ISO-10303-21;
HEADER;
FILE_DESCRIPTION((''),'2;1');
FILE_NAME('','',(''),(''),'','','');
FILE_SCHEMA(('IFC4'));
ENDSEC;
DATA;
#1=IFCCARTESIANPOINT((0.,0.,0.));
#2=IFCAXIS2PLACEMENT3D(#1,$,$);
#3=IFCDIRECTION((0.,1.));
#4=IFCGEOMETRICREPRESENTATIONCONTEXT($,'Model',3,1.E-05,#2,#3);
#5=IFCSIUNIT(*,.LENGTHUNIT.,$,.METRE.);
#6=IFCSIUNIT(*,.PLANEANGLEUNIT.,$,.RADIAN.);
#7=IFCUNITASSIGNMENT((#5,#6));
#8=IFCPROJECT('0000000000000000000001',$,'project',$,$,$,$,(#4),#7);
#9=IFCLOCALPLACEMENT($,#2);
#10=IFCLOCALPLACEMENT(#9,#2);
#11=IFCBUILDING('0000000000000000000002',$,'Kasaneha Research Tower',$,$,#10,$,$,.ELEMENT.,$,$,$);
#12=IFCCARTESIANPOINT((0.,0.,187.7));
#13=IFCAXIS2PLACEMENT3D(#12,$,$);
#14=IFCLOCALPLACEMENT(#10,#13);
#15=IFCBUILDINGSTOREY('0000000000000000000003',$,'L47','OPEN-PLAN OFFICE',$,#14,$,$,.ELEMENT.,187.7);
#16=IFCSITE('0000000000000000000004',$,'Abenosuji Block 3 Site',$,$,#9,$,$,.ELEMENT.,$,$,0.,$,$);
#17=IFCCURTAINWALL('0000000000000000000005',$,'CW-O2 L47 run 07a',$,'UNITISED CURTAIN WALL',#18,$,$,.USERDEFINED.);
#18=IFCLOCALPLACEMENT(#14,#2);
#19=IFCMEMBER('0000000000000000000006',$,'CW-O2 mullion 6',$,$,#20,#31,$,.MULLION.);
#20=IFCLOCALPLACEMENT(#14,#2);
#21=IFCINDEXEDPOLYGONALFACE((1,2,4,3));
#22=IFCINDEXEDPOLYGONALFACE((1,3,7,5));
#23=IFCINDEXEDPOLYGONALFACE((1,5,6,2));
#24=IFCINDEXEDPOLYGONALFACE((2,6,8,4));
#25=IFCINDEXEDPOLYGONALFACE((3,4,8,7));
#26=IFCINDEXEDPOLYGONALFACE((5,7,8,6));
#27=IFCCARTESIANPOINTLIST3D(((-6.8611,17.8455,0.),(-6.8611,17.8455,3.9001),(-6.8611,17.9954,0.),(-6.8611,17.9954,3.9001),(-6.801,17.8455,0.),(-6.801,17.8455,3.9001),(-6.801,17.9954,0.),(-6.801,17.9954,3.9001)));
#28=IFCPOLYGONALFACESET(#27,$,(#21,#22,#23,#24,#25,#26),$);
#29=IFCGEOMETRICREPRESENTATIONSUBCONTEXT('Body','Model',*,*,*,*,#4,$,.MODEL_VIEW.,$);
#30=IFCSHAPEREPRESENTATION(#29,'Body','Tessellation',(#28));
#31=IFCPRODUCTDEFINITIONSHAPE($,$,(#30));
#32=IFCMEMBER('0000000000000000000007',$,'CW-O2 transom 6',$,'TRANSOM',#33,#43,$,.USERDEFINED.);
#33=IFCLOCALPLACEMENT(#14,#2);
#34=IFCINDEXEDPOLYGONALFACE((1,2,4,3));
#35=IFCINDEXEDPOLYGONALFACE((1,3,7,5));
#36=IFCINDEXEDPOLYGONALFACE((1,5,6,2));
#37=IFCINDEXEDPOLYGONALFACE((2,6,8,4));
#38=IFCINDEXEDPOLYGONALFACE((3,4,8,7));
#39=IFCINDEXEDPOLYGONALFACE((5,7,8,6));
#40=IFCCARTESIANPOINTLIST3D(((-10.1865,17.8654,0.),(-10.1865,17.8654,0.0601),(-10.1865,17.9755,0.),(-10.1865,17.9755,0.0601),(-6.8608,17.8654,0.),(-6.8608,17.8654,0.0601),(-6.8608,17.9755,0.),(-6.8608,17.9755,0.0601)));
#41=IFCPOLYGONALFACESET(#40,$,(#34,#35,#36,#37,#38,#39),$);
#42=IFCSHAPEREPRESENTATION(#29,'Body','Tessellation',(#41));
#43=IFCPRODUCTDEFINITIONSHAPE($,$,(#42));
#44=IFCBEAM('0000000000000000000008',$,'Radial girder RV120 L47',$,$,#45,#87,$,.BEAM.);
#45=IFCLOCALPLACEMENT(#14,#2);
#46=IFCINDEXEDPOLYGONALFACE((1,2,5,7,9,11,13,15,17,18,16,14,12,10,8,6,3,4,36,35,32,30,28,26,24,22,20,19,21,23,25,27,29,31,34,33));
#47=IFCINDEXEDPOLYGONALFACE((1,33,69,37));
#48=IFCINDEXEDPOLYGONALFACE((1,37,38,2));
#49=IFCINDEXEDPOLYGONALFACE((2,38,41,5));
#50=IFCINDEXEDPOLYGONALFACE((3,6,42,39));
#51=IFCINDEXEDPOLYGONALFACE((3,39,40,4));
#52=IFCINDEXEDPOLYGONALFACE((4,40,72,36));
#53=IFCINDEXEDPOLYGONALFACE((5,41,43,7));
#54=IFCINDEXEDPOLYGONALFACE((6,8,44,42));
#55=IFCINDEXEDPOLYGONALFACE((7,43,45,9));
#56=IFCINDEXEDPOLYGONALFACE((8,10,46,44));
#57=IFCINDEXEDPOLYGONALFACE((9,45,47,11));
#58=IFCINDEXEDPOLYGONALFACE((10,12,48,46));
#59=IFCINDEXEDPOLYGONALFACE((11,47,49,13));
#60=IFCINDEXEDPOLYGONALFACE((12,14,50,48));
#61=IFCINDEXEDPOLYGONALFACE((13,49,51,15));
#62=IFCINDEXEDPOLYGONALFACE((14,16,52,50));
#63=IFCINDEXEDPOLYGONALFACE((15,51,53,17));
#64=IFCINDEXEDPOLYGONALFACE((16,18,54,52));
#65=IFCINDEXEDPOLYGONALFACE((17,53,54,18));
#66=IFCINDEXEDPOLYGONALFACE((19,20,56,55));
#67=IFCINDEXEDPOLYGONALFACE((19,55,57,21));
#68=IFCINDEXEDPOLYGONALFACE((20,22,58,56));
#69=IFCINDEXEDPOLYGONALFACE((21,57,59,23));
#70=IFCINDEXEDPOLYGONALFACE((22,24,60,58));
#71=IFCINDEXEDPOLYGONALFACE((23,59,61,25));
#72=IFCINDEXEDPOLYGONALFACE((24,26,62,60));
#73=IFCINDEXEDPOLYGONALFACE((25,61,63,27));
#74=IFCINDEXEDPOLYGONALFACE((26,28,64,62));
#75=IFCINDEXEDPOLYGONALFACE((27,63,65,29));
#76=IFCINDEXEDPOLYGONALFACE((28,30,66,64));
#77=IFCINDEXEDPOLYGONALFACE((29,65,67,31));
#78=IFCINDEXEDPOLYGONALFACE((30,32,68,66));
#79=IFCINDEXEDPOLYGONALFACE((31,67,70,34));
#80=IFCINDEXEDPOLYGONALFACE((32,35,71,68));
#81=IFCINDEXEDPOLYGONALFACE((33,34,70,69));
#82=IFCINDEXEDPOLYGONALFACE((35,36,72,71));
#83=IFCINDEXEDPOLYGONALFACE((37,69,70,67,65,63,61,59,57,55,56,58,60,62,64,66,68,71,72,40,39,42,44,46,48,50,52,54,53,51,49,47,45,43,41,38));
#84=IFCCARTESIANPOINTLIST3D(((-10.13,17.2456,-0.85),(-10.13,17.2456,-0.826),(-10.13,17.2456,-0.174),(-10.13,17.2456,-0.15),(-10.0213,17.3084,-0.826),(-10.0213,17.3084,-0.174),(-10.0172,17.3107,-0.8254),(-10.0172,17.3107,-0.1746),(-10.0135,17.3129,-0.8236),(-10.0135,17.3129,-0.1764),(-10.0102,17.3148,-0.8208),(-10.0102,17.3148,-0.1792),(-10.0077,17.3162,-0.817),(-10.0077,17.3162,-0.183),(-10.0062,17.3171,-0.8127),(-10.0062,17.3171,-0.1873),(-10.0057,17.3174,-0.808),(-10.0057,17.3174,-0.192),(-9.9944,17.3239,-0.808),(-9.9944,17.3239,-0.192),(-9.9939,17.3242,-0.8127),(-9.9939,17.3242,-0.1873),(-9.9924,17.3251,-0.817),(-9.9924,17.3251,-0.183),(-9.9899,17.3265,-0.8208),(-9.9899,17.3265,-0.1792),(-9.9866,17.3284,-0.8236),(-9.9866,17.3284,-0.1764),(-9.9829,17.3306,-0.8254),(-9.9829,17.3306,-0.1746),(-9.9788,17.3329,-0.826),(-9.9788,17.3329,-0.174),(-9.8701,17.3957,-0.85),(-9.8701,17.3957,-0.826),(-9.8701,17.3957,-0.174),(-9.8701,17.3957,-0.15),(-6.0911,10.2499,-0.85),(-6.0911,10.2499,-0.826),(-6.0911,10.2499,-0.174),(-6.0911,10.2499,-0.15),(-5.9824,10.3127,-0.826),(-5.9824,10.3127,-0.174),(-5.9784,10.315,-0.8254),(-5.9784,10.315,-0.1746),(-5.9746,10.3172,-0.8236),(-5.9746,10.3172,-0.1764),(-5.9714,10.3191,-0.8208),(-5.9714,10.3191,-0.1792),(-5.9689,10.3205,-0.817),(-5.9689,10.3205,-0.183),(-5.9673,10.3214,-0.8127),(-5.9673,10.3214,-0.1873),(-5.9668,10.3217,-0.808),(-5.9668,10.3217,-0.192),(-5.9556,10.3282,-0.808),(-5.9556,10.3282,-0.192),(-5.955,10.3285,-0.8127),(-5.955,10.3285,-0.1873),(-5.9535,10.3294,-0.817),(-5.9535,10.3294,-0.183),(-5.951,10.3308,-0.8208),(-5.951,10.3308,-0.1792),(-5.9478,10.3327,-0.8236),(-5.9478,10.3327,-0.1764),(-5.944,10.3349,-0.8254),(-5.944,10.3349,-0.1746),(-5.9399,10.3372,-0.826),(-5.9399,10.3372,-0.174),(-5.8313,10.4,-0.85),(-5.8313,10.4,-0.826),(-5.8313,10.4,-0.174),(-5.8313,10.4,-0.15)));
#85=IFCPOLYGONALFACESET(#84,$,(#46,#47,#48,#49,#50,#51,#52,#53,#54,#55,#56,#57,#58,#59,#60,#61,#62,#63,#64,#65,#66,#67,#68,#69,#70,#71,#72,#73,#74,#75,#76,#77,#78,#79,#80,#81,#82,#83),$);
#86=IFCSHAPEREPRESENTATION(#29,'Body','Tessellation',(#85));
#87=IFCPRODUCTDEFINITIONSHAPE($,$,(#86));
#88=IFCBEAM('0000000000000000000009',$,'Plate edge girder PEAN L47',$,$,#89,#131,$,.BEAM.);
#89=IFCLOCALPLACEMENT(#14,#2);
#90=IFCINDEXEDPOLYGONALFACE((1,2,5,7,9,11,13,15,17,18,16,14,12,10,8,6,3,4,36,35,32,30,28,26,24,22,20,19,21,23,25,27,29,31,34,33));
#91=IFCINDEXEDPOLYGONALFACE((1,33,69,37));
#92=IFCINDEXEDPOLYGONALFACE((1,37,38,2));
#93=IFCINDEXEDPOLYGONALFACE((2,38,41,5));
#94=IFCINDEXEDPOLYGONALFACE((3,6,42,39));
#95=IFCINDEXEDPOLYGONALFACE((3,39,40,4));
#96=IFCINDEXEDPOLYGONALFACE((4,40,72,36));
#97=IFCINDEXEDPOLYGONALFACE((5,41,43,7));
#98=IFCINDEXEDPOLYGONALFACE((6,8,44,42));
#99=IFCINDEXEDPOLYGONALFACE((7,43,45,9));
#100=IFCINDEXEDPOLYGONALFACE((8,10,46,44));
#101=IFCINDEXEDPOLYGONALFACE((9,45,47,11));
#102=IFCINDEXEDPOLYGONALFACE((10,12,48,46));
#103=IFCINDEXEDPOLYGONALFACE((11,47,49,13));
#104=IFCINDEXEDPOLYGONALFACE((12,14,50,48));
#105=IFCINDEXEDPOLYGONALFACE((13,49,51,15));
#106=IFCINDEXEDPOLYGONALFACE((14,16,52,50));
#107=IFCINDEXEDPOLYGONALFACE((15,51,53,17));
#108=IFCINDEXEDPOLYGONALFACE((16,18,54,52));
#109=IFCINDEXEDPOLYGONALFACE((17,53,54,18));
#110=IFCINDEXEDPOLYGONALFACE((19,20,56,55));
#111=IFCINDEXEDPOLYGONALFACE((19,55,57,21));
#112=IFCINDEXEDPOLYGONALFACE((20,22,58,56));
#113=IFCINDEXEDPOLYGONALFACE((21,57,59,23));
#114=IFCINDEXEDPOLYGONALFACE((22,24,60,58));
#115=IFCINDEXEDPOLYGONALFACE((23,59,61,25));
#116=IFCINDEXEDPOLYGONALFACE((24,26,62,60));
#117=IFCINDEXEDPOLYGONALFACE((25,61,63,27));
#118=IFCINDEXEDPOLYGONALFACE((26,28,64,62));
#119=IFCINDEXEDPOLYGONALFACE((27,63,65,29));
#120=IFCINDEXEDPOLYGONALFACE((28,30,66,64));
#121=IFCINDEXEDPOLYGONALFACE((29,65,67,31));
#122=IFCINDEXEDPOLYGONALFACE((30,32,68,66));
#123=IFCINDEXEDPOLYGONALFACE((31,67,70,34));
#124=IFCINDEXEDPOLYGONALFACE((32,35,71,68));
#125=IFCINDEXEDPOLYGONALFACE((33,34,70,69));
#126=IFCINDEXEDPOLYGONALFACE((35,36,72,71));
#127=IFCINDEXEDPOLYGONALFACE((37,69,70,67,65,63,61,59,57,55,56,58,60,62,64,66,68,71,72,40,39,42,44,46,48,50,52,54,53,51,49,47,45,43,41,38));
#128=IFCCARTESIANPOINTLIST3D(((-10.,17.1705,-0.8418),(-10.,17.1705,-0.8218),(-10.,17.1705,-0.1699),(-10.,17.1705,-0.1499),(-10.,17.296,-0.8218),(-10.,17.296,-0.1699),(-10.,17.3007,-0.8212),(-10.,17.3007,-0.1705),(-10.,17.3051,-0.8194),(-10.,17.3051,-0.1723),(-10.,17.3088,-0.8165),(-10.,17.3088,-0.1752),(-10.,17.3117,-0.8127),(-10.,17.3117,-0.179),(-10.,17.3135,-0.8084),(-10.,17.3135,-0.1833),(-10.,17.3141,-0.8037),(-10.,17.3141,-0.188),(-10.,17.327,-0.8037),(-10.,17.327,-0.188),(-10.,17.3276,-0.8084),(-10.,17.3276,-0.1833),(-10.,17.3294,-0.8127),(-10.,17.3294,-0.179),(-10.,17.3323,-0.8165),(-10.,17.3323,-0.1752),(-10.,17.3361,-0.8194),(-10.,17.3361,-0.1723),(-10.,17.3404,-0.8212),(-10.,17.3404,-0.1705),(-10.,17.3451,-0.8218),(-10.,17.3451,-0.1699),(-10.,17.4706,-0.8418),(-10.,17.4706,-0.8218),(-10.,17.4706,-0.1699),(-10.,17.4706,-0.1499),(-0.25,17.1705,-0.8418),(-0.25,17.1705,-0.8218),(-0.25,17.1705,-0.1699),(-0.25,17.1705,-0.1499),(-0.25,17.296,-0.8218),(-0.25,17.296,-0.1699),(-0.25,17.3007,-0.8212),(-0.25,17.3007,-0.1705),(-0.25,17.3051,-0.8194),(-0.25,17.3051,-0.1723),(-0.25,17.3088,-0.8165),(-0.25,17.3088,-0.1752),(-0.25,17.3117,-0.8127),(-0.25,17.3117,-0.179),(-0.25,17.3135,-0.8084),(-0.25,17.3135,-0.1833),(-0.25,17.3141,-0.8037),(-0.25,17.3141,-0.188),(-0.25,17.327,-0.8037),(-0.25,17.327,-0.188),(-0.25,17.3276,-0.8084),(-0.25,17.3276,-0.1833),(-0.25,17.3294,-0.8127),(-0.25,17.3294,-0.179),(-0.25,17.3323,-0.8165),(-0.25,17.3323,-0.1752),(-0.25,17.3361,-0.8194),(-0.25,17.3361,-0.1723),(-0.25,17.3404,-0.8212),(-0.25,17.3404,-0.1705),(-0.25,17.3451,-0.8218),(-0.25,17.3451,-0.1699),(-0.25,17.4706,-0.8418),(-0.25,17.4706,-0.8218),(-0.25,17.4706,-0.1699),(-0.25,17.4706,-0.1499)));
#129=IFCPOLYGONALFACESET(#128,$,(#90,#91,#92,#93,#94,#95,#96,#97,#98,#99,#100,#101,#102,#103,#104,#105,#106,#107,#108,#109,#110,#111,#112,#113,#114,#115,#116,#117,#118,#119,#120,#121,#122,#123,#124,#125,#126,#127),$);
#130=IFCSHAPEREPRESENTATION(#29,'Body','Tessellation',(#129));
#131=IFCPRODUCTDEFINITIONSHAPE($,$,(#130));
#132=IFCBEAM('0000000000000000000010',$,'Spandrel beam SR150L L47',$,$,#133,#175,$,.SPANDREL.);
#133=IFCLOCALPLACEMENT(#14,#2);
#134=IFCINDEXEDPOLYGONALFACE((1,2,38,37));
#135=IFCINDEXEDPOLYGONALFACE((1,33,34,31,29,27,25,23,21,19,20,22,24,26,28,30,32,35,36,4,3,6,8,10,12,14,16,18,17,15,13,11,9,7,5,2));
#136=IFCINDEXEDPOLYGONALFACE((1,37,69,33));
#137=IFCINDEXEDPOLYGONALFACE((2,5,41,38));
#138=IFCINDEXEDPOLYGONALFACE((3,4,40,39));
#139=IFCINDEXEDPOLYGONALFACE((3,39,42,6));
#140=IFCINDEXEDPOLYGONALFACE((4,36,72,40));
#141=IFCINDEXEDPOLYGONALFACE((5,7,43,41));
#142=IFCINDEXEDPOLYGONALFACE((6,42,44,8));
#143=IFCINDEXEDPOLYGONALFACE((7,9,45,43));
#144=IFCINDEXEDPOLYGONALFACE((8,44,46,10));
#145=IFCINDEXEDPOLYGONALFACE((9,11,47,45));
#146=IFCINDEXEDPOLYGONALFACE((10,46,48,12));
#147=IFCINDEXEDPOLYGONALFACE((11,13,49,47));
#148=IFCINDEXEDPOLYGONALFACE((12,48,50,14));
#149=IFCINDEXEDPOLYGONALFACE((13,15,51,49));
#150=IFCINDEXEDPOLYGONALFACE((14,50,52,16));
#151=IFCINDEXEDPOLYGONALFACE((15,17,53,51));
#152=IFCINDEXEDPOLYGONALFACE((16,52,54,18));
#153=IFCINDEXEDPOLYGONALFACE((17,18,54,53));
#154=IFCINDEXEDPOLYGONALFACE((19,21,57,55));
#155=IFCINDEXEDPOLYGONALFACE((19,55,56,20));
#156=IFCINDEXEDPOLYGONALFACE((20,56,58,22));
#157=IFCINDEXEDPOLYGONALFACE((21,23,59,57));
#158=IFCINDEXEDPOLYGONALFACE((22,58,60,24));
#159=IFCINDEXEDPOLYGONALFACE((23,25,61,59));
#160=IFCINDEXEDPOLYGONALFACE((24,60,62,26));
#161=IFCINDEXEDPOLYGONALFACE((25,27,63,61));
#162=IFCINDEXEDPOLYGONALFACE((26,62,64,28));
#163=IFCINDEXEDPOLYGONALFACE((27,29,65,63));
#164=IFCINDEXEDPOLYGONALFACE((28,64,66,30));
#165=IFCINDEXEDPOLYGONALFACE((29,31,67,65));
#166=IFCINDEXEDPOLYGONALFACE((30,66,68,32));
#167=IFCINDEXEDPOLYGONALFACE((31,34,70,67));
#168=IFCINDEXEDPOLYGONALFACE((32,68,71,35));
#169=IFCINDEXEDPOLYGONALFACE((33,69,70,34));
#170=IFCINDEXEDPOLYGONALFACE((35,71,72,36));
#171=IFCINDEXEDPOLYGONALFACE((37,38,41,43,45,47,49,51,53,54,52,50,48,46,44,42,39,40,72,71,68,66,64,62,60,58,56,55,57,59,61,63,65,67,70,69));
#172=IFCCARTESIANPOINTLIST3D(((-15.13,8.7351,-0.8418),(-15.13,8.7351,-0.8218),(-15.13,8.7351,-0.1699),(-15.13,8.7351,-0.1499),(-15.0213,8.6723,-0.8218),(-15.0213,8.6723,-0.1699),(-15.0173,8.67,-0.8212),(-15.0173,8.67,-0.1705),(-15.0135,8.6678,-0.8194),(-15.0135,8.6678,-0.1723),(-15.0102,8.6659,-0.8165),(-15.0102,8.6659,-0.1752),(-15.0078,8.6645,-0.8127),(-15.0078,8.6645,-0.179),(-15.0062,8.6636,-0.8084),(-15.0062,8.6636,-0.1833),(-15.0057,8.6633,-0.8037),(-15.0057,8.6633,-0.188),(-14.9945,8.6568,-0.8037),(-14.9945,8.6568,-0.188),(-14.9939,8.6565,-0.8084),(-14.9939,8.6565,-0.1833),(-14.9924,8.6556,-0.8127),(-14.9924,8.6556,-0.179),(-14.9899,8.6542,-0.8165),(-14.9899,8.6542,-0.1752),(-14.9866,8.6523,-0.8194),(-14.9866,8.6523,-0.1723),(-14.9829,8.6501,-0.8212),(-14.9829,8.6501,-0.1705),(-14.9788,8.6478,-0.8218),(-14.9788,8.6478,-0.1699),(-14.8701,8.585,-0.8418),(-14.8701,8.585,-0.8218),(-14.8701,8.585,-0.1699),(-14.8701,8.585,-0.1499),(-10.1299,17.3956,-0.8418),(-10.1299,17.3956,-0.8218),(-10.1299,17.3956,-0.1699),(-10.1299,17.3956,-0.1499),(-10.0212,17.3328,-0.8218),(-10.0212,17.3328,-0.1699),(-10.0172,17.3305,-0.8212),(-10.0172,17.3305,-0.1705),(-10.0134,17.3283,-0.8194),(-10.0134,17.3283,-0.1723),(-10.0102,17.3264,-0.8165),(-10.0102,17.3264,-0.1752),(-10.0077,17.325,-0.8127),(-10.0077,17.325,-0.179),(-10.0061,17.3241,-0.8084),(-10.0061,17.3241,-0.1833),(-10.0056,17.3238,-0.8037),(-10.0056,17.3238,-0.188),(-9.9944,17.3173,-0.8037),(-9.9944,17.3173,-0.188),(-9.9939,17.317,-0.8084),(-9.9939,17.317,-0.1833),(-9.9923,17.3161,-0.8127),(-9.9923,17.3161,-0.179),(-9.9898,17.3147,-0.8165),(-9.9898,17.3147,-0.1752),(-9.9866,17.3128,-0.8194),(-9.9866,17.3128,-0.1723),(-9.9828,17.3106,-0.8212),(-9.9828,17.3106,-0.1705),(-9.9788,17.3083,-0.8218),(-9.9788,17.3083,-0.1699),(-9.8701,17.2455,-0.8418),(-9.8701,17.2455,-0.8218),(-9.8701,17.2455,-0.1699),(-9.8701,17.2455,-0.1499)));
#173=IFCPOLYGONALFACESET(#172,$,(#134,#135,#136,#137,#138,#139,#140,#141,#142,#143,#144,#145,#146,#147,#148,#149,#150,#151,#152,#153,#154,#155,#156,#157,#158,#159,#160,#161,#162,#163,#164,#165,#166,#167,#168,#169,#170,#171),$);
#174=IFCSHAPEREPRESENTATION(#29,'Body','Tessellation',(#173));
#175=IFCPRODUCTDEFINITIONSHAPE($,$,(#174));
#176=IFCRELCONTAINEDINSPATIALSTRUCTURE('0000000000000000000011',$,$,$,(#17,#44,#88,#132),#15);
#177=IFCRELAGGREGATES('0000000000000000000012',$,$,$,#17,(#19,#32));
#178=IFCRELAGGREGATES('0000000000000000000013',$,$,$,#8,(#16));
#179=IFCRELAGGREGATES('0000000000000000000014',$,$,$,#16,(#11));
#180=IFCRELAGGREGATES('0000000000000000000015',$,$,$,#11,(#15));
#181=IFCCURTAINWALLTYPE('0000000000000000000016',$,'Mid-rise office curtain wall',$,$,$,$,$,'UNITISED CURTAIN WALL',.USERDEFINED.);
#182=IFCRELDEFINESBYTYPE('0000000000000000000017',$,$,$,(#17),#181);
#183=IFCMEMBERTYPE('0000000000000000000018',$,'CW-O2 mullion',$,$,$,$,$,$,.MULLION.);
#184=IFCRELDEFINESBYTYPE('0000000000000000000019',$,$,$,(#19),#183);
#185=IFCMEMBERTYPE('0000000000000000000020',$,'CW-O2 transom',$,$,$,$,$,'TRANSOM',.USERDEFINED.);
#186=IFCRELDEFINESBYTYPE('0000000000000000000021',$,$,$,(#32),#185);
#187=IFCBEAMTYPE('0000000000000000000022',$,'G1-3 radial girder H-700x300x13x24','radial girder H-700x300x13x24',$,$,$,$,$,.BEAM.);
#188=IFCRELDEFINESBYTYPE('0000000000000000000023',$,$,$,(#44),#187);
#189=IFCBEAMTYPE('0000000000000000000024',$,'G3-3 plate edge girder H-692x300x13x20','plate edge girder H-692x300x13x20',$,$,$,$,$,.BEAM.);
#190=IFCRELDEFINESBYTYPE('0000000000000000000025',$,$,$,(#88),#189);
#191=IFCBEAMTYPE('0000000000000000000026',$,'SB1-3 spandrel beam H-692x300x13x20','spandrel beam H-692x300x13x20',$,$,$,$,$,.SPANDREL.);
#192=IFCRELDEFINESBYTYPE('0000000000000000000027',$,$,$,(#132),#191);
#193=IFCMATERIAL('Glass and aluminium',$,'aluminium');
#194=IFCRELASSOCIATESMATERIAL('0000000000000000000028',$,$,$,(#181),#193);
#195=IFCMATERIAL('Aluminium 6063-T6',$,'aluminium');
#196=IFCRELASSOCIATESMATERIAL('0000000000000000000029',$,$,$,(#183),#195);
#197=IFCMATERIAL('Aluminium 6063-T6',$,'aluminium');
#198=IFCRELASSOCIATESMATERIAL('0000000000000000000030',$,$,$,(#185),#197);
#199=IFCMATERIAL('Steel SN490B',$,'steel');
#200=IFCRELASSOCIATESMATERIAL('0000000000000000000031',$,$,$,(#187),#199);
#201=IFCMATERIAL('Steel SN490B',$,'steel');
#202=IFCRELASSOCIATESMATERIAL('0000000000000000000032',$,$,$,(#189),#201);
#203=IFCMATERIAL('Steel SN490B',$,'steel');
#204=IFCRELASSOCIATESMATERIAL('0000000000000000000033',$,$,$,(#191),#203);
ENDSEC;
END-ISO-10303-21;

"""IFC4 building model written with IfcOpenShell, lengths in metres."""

from ifc_helpers import new_model, si_unit, direction, frame, origin, origin_2d, place, context, subcontext, project, spatial, rectangle, i_section, extrude, material, material_profile, profile_set, type_object, element, aggregate, save


model = new_model("IFC4")

# Units and contexts
model_context = context("Model", 3, precision=1e-05, world=origin(), true_north=direction((0.0, 1.0)))
body_context = subcontext(model_context, "Body", "Model", "MODEL_VIEW")
ifc_project = project(units=[si_unit("LENGTHUNIT", "METRE"), si_unit("PLANEANGLEUNIT", "RADIAN")], contexts=[model_context])

# Site, building, storey
site_placement = place(None, origin())
site = spatial("IfcSite", under=ifc_project, at=site_placement, Name="Abenosuji Block 3 Site", CompositionType="ELEMENT", RefElevation=0.0)
building_placement = place(site_placement, origin())
building = spatial("IfcBuilding", under=site, at=building_placement, Name="Kasaneha Research Tower", CompositionType="ELEMENT")
storey_placement = place(building_placement, frame((0.0, 0.0, 187.7)))
storey = spatial("IfcBuildingStorey", under=building, at=storey_placement, Name="L47", Description="OPEN-PLAN OFFICE", CompositionType="ELEMENT", Elevation=187.7)

# Curtain wall, members
ifc_material_1 = material(Name="Glass and aluminium", Category="aluminium")
curtain_wall_type = type_object("IfcCurtainWallType", Name="Mid-rise office curtain wall", ElementType="UNITISED CURTAIN WALL", PredefinedType="USERDEFINED", material=ifc_material_1)
curtain_wall_placement = place(storey_placement, origin())
curtain_wall = element("IfcCurtainWall", 1, at=curtain_wall_placement, inside=storey, type_object=curtain_wall_type, Name="CW-O2 L47 run 07a", ObjectType="UNITISED CURTAIN WALL", PredefinedType="USERDEFINED")
ifc_material_2 = material(Name="Aluminium 6063-T6", Category="aluminium")
ifc_material_profile_1 = material_profile(ifc_material_2, rectangle(XDim=0.0601, YDim=0.1499, at=origin_2d()), Name="CW-O2 mullion 60x150")
ifc_profile_set_1 = profile_set([ifc_material_profile_1], Name="Aluminium 6063-T6")
member_type_1 = type_object("IfcMemberType", Name="CW-O2 mullion", PredefinedType="MULLION", material=ifc_profile_set_1)
member_1_placement = place(storey_placement, frame((-6.8311, 17.9204, 0.0), z_axis=(0.0, 0.0, 1.0), x_axis=(-1.0, 0.0, 0.0)))
member_1 = element("IfcMember", 2, at=member_1_placement, type_object=member_type_1, Name="CW-O2 mullion 6", PredefinedType="MULLION", context=body_context, shape_type="SweptSolid", body=[
    extrude(rectangle(XDim=0.0601, YDim=0.1499, at=origin_2d()), origin(), (0.0, 0.0, 1.0), 3.9001),
])
ifc_material_3 = material(Name="Aluminium 6063-T6", Category="aluminium")
ifc_material_profile_2 = material_profile(ifc_material_3, rectangle(XDim=0.1101, YDim=0.0601, at=origin_2d()), Name="CW-O2 transom 110x60")
ifc_profile_set_2 = profile_set([ifc_material_profile_2], Name="Aluminium 6063-T6")
member_type_2 = type_object("IfcMemberType", Name="CW-O2 transom", ElementType="TRANSOM", PredefinedType="USERDEFINED", material=ifc_profile_set_2)
member_2_placement = place(storey_placement, frame((-6.8608, 17.9204, 0.03), z_axis=(-1.0, 0.0, 0.0), x_axis=(0.0, -1.0, 0.0)))
member_2 = element("IfcMember", 3, at=member_2_placement, type_object=member_type_2, Name="CW-O2 transom 6", ObjectType="TRANSOM", PredefinedType="USERDEFINED", context=body_context, shape_type="SweptSolid", body=[
    extrude(rectangle(XDim=0.1101, YDim=0.0601, at=origin_2d()), origin(), (0.0, 0.0, 1.0), 3.3257),
])

# Beams
ifc_material_4 = material(Name="Steel SN490B", Category="steel")
ifc_material_profile_3 = material_profile(ifc_material_4, i_section(OverallWidth=0.3, OverallDepth=0.7, WebThickness=0.0129, FlangeThickness=0.0239, FilletRadius=0.0181, at=origin_2d()), Name="H-700x300x13x24")
ifc_profile_set_3 = profile_set([ifc_material_profile_3], Name="Steel SN490B")
beam_type_1 = type_object("IfcBeamType", Name="G1-3 radial girder H-700x300x13x24", Description="radial girder H-700x300x13x24", PredefinedType="BEAM", material=ifc_profile_set_3)
beam_1_placement = place(storey_placement, frame((-5.9612, 10.325, -0.5), z_axis=(-0.499991, 0.866031, 0.0), x_axis=(-0.866031, -0.499991, 0.0)))
element("IfcBeam", 4, at=beam_1_placement, inside=storey, type_object=beam_type_1, Name="Radial girder RV120 L47", PredefinedType="BEAM", context=body_context, shape_type="SweptSolid", body=[
    extrude(i_section(OverallWidth=0.3, OverallDepth=0.7, WebThickness=0.0129, FlangeThickness=0.0239, FilletRadius=0.0181, at=origin_2d()), origin(), (0.0, 0.0, 1.0), 8.0779),
])
ifc_material_5 = material(Name="Steel SN490B", Category="steel")
ifc_material_profile_4 = material_profile(ifc_material_5, i_section(OverallWidth=0.3, OverallDepth=0.6919, WebThickness=0.0129, FlangeThickness=0.02, FilletRadius=0.0181, at=origin_2d()), Name="H-692x300x13x20")
ifc_profile_set_4 = profile_set([ifc_material_profile_4], Name="Steel SN490B")
beam_type_2 = type_object("IfcBeamType", Name="G3-3 plate edge girder H-692x300x13x20", Description="plate edge girder H-692x300x13x20", PredefinedType="BEAM", material=ifc_profile_set_4)
beam_2_placement = place(storey_placement, frame((-10.0, 17.3206, -0.4958), z_axis=(1.0, 0.0, 0.0), x_axis=(0.0, 1.0, 0.0)))
element("IfcBeam", 5, at=beam_2_placement, inside=storey, type_object=beam_type_2, Name="Plate edge girder PEAN L47", PredefinedType="BEAM", context=body_context, shape_type="SweptSolid", body=[
    extrude(i_section(OverallWidth=0.3, OverallDepth=0.6919, WebThickness=0.0129, FlangeThickness=0.02, FilletRadius=0.0181, at=origin_2d()), origin(), (0.0, 0.0, 1.0), 9.75),
])
ifc_material_6 = material(Name="Steel SN490B", Category="steel")
ifc_material_profile_5 = material_profile(ifc_material_6, i_section(OverallWidth=0.3, OverallDepth=0.6919, WebThickness=0.0129, FlangeThickness=0.02, FilletRadius=0.0181, at=origin_2d()), Name="H-692x300x13x20")
ifc_profile_set_5 = profile_set([ifc_material_profile_5], Name="Steel SN490B")
beam_type_3 = type_object("IfcBeamType", Name="SB1-3 spandrel beam H-692x300x13x20", Description="spandrel beam H-692x300x13x20", PredefinedType="SPANDREL", material=ifc_profile_set_5)
beam_3_placement = place(storey_placement, frame((-10.0, 17.3206, -0.4958), z_axis=(-0.499994, -0.866029, 0.0), x_axis=(0.866029, -0.499994, 0.0)))
element("IfcBeam", 6, at=beam_3_placement, inside=storey, type_object=beam_type_3, Name="Spandrel beam SR150L L47", PredefinedType="SPANDREL", context=body_context, shape_type="SweptSolid", body=[
    extrude(i_section(OverallWidth=0.3, OverallDepth=0.6919, WebThickness=0.0129, FlangeThickness=0.02, FilletRadius=0.0181, at=origin_2d()), origin(), (0.0, 0.0, 1.0), 10.0002),
])

aggregate(curtain_wall, [member_1, member_2])

save(model, "model.ifc")
